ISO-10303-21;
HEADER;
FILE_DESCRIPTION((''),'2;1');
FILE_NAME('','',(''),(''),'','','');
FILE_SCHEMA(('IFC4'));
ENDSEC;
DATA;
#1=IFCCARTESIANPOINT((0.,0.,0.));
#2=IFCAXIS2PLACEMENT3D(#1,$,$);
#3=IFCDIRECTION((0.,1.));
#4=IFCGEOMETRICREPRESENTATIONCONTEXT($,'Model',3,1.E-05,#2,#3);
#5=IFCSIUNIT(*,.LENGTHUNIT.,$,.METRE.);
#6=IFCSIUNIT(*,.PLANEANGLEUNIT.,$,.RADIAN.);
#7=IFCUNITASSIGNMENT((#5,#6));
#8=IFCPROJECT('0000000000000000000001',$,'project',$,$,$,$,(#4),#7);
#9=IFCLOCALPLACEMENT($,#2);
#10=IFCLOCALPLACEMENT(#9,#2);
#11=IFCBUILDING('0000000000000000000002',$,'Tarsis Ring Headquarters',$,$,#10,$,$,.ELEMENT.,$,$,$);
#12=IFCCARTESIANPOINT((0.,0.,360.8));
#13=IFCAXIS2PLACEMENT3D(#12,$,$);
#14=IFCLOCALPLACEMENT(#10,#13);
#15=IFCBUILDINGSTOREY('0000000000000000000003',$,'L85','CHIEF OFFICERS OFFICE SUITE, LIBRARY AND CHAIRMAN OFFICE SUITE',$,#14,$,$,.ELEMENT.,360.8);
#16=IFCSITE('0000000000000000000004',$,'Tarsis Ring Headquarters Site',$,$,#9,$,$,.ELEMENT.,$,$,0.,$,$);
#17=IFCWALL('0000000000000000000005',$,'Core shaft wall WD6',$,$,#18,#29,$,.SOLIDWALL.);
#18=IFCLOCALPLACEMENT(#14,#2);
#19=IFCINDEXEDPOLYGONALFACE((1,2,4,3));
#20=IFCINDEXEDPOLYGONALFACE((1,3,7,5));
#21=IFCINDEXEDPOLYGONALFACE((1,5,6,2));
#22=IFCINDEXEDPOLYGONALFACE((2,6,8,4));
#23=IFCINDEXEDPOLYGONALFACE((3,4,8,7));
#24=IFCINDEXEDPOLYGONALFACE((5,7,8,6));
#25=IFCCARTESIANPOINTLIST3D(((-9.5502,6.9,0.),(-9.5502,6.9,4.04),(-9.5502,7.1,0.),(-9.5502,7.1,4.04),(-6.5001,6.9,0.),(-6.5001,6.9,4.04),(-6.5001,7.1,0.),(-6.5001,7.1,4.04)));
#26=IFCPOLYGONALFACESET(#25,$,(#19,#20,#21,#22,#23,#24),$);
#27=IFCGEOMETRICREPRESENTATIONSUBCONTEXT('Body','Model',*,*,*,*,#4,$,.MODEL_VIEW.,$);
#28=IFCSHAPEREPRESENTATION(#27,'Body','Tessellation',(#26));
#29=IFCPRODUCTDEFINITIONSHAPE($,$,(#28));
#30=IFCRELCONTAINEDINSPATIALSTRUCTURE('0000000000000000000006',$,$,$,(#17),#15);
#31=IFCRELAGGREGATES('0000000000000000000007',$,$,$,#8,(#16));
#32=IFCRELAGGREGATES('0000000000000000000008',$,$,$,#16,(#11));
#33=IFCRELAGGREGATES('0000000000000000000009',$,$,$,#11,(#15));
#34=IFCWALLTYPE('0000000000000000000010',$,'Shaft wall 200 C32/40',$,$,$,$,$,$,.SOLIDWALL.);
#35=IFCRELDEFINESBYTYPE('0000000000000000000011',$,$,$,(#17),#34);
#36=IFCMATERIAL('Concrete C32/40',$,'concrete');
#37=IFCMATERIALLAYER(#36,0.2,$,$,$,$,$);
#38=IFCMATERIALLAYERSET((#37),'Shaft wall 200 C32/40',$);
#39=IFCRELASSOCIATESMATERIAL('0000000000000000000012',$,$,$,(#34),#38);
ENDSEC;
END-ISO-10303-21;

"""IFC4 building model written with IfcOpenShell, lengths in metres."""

from ifc_helpers import new_model, si_unit, direction, frame, frame_2d, origin, place, context, subcontext, project, spatial, rectangle, extrude, material, layer, layer_set, type_object, element, save


model = new_model("IFC4")

# Units and contexts
model_context = context("Model", 3, precision=1e-05, world=origin(), true_north=direction((0.0, 1.0)))
body_context = subcontext(model_context, "Body", "Model", "MODEL_VIEW")
ifc_project = project(units=[si_unit("LENGTHUNIT", "METRE"), si_unit("PLANEANGLEUNIT", "RADIAN")], contexts=[model_context])

# Site, building, storey
site_placement = place(None, origin())
site = spatial("IfcSite", under=ifc_project, at=site_placement, Name="Tarsis Ring Headquarters Site", CompositionType="ELEMENT", RefElevation=0.0)
building_placement = place(site_placement, origin())
building = spatial("IfcBuilding", under=site, at=building_placement, Name="Tarsis Ring Headquarters", CompositionType="ELEMENT")
storey_placement = place(building_placement, frame((0.0, 0.0, 360.8)))
storey = spatial("IfcBuildingStorey", under=building, at=storey_placement, Name="L85", Description="CHIEF OFFICERS OFFICE SUITE, LIBRARY AND CHAIRMAN OFFICE SUITE", CompositionType="ELEMENT", Elevation=360.8)

# Shared definitions
ifc_material_1 = material(Name="Concrete C32/40", Category="concrete")

# Shared definitions
ifc_layer_1 = layer(ifc_material_1, 0.2)
ifc_layer_set_1 = layer_set([ifc_layer_1], Name="Shaft wall 200 C32/40")
wall_type_1 = type_object("IfcWallType", Name="Shaft wall 200 C32/40", PredefinedType="SOLIDWALL", material=ifc_layer_set_1)

# Wall
wall_1_placement = place(storey_placement, frame((-9.55, 7.0, 0.0), z_axis=(0.0, 0.0, 1.0), x_axis=(1.0, 0.0, 0.0)))
element("IfcWall", 1, at=wall_1_placement, inside=storey, type_object=wall_type_1, Name="Core shaft wall WD6", PredefinedType="SOLIDWALL", context=body_context, shape_type="SweptSolid", body=[
    extrude(rectangle(XDim=3.05, YDim=0.2, at=frame_2d((1.5249, 0.0))), origin(), (0.0, 0.0, 1.0), 4.04),
])

save(model, "model.ifc")
